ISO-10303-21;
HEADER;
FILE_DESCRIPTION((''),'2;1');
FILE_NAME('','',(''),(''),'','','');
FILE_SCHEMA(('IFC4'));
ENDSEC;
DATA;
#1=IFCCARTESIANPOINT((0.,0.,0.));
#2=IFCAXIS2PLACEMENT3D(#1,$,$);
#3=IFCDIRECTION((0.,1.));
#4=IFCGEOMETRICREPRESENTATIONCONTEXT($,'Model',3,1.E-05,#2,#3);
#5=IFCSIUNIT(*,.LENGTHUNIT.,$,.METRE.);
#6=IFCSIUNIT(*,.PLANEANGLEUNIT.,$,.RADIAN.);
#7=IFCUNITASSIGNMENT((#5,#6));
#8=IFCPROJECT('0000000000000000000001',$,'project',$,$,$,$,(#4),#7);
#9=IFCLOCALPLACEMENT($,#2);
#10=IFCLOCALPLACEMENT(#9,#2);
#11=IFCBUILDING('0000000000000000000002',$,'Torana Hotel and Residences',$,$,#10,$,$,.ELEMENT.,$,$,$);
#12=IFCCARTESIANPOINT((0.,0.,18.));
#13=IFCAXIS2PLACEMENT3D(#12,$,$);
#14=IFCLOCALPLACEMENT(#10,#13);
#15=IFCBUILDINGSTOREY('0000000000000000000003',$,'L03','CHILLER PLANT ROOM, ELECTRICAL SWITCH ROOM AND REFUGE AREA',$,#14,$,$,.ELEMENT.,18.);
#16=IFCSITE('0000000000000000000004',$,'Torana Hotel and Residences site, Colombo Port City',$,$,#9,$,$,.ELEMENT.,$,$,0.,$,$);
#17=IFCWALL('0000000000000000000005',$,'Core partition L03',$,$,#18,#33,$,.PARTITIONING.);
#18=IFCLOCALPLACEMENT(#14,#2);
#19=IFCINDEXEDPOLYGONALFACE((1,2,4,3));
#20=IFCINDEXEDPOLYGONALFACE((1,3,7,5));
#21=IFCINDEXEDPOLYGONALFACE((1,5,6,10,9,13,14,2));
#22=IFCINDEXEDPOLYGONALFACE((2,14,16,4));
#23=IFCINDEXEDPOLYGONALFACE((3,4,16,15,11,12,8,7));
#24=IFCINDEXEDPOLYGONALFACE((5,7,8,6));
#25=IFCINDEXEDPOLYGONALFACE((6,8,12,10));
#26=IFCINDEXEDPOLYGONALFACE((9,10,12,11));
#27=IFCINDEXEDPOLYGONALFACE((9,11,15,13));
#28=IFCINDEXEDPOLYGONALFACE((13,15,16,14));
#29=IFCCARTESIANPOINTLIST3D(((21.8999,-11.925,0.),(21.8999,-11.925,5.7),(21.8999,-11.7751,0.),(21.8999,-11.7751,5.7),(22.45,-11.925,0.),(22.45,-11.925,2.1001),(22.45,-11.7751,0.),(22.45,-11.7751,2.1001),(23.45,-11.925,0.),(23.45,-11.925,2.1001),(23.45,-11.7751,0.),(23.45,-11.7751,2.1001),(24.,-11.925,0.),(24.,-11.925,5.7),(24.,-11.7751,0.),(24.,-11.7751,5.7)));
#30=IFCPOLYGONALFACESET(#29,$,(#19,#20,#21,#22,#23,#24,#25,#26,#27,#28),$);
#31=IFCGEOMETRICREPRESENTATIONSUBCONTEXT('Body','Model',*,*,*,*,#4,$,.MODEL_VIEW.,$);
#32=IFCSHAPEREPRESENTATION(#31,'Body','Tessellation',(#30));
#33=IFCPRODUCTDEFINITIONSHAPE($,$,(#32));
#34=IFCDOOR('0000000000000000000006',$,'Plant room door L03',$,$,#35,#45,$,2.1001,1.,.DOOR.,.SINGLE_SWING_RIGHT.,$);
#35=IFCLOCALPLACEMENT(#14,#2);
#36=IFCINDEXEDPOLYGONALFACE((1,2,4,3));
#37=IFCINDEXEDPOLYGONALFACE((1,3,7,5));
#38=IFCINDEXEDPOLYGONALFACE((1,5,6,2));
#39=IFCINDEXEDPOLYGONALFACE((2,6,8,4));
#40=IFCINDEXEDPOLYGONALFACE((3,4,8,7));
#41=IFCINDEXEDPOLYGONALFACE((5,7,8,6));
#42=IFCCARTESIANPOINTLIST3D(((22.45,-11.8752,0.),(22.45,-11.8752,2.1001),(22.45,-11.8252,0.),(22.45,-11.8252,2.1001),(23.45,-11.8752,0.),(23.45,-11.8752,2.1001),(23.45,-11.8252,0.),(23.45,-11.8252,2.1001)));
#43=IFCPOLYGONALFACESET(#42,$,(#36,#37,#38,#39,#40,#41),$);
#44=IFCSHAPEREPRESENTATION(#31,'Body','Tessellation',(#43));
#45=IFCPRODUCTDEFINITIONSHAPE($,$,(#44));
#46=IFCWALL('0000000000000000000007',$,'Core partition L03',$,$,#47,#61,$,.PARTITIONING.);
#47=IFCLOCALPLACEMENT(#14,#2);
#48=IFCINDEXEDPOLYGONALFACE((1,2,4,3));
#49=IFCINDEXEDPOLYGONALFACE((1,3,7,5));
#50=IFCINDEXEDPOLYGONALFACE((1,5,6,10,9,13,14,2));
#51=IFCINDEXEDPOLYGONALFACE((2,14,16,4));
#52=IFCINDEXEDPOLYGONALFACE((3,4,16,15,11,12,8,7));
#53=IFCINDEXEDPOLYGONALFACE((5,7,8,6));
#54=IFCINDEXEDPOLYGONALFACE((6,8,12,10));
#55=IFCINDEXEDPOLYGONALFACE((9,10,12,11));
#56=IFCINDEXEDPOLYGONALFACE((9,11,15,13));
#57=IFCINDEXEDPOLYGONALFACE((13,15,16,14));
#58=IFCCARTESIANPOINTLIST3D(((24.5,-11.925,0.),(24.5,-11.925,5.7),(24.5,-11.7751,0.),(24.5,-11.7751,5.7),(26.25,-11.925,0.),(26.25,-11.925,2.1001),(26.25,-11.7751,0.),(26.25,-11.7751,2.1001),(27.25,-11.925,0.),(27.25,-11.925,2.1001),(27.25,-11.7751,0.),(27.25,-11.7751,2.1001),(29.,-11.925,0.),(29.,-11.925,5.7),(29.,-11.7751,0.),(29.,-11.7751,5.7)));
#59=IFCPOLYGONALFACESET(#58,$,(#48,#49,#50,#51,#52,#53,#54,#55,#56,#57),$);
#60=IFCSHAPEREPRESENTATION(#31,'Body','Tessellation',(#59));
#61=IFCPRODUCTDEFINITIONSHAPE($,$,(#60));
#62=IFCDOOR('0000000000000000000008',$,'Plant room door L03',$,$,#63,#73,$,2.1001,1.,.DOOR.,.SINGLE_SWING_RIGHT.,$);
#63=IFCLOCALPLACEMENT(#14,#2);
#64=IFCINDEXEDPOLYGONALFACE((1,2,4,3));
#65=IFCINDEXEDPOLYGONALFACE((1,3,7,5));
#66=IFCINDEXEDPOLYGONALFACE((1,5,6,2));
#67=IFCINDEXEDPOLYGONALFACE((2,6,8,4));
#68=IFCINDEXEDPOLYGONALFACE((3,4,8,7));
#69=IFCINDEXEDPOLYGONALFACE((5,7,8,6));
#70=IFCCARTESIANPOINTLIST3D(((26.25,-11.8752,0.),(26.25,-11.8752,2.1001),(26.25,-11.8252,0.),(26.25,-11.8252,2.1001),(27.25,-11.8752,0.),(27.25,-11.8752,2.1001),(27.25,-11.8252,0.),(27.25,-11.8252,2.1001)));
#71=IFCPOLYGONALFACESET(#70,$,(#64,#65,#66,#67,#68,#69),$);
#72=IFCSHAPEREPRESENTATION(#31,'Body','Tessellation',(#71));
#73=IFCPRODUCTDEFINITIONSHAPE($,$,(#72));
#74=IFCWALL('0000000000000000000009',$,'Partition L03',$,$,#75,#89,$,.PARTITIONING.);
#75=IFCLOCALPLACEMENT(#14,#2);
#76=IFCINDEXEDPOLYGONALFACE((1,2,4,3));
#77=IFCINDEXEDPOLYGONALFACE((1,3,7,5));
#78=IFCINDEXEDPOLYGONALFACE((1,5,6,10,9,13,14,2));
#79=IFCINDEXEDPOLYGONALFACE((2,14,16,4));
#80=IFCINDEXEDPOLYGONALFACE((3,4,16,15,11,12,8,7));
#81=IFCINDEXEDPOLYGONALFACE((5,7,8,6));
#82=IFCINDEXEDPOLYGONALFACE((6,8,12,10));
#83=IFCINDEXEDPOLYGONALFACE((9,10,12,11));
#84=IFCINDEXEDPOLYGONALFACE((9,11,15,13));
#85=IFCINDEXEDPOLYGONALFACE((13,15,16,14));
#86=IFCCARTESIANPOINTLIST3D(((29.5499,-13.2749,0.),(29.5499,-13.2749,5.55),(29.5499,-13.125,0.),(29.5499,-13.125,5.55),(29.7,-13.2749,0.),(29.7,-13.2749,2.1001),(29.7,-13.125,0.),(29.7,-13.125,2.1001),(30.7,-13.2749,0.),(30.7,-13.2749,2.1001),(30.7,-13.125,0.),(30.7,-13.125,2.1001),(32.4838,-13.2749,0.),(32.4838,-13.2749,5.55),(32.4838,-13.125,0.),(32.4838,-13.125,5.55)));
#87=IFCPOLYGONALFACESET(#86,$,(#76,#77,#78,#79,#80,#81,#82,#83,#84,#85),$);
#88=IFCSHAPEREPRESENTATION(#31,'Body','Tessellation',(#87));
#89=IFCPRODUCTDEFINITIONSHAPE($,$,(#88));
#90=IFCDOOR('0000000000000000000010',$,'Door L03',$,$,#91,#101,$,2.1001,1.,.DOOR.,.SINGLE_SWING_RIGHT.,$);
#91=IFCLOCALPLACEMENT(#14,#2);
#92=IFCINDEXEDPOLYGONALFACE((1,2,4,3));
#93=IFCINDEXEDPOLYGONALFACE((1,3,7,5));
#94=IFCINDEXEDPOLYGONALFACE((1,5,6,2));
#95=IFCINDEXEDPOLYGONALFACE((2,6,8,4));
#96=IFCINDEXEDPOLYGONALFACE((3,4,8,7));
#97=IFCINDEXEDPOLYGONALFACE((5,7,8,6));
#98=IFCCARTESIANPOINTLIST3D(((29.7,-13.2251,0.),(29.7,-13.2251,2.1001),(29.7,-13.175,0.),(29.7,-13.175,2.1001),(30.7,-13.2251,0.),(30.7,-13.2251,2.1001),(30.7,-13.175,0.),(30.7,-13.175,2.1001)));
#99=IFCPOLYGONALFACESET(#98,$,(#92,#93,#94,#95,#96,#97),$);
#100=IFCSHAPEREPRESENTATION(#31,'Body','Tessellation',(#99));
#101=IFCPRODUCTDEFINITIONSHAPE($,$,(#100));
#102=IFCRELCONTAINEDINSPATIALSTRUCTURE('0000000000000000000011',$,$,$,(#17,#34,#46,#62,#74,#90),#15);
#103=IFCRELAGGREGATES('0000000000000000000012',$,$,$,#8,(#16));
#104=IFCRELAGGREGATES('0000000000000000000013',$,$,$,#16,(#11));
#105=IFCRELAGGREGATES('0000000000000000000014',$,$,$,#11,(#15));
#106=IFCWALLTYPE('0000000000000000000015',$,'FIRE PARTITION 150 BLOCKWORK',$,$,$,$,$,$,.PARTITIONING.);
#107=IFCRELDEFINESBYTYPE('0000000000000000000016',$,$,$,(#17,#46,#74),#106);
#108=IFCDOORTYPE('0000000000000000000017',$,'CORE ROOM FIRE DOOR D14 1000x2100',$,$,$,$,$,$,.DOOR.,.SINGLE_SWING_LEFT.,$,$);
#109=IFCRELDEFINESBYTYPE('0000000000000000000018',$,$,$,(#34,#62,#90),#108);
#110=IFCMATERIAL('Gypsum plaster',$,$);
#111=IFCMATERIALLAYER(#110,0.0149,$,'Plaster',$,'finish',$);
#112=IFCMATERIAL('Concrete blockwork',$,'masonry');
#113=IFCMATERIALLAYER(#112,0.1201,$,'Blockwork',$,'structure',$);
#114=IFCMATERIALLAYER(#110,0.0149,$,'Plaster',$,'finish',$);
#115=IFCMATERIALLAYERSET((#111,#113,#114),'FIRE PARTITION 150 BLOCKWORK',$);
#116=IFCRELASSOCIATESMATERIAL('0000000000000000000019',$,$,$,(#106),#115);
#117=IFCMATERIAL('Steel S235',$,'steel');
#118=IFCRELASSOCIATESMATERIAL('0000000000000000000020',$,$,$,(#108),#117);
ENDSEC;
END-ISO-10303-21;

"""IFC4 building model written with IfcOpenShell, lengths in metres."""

from ifc_helpers import new_model, si_unit, direction, frame, frame_2d, origin, place, context, subcontext, project, spatial, rectangle, extrude, material, layer, layer_set, type_object, element, fill, save


model = new_model("IFC4")

# Units and contexts
model_context = context("Model", 3, precision=1e-05, world=origin(), true_north=direction((0.0, 1.0)))
body_context = subcontext(model_context, "Body", "Model", "MODEL_VIEW")
ifc_project = project(units=[si_unit("LENGTHUNIT", "METRE"), si_unit("PLANEANGLEUNIT", "RADIAN")], contexts=[model_context])

# Site, building, storey
site_placement = place(None, origin())
site = spatial("IfcSite", under=ifc_project, at=site_placement, Name="Torana Hotel and Residences site, Colombo Port City", CompositionType="ELEMENT", RefElevation=0.0)
building_placement = place(site_placement, origin())
building = spatial("IfcBuilding", under=site, at=building_placement, Name="Torana Hotel and Residences", CompositionType="ELEMENT")
storey_placement = place(building_placement, frame((0.0, 0.0, 18.0)))
storey = spatial("IfcBuildingStorey", under=building, at=storey_placement, Name="L03", Description="CHILLER PLANT ROOM, ELECTRICAL SWITCH ROOM AND REFUGE AREA", CompositionType="ELEMENT", Elevation=18.0)

# Walls, openings, doors
ifc_material_1 = material(Name="Gypsum plaster")
ifc_layer_1 = layer(ifc_material_1, 0.0149, Name="Plaster", Category="finish")
ifc_material_2 = material(Name="Concrete blockwork", Category="masonry")
ifc_layer_2 = layer(ifc_material_2, 0.1201, Name="Blockwork", Category="structure")
ifc_layer_3 = layer(ifc_material_1, 0.0149, Name="Plaster", Category="finish")
ifc_layer_set_1 = layer_set([ifc_layer_1, ifc_layer_2, ifc_layer_3], Name="FIRE PARTITION 150 BLOCKWORK")
wall_type_1 = type_object("IfcWallType", Name="FIRE PARTITION 150 BLOCKWORK", PredefinedType="PARTITIONING", material=ifc_layer_set_1)
wall_1_placement = place(storey_placement, frame((21.8999, -11.8501, 0.0), z_axis=(0.0, 0.0, 1.0), x_axis=(1.0, 0.0, 0.0)))
wall_1 = element("IfcWall", 1, at=wall_1_placement, inside=storey, type_object=wall_type_1, Name="Core partition L03", PredefinedType="PARTITIONING", context=body_context, shape_type="SweptSolid", body=[
    extrude(rectangle(XDim=2.1001, YDim=0.1499, at=frame_2d((1.05, 0.0))), origin(), (0.0, 0.0, 1.0), 5.7),
])
opening_1_placement = place(wall_1_placement, frame((0.55, 0.0, 0.0)))
opening_1 = element("IfcOpeningElement", 2, at=opening_1_placement, cuts=wall_1, PredefinedType="OPENING", context=body_context, shape_type="SweptSolid", body=[
    extrude(rectangle(XDim=1.0, YDim=2.1001, at=frame_2d((0.5, 1.05))), frame((0.0, 0.085, 0.0), z_axis=(0.0, -1.0, 0.0), x_axis=(1.0, 0.0, 0.0)), (0.0, 0.0, 1.0), 0.1699),
])
ifc_material_3 = material(Name="Steel S235", Category="steel")
door_type = type_object("IfcDoorType", Name="CORE ROOM FIRE DOOR D14 1000x2100", OperationType="SINGLE_SWING_LEFT", PredefinedType="DOOR", material=ifc_material_3)
door_1_placement = place(opening_1_placement, origin())
door_1 = element("IfcDoor", 3, at=door_1_placement, inside=storey, type_object=door_type, Name="Plant room door L03", OperationType="SINGLE_SWING_RIGHT", OverallHeight=2.1001, OverallWidth=1.0, PredefinedType="DOOR", context=body_context, shape_type="SweptSolid", body=[
    extrude(rectangle(XDim=1.0, YDim=2.1001, at=frame_2d((0.5, 1.05))), frame((0.0, 0.0249, 0.0), z_axis=(0.0, -1.0, 0.0), x_axis=(1.0, 0.0, 0.0)), (0.0, 0.0, 1.0), 0.05),
])
fill(opening_1, door_1)
wall_2_placement = place(storey_placement, frame((24.5, -11.8501, 0.0), z_axis=(0.0, 0.0, 1.0), x_axis=(1.0, 0.0, 0.0)))
wall_2 = element("IfcWall", 4, at=wall_2_placement, inside=storey, type_object=wall_type_1, Name="Core partition L03", PredefinedType="PARTITIONING", context=body_context, shape_type="SweptSolid", body=[
    extrude(rectangle(XDim=4.5, YDim=0.1499, at=frame_2d((2.25, 0.0))), origin(), (0.0, 0.0, 1.0), 5.7),
])
opening_2_placement = place(wall_2_placement, frame((1.75, 0.0, 0.0)))
opening_2 = element("IfcOpeningElement", 5, at=opening_2_placement, cuts=wall_2, PredefinedType="OPENING", context=body_context, shape_type="SweptSolid", body=[
    extrude(rectangle(XDim=1.0, YDim=2.1001, at=frame_2d((0.5, 1.05))), frame((0.0, 0.085, 0.0), z_axis=(0.0, -1.0, 0.0), x_axis=(1.0, 0.0, 0.0)), (0.0, 0.0, 1.0), 0.1699),
])
door_2_placement = place(opening_2_placement, origin())
door_2 = element("IfcDoor", 6, at=door_2_placement, inside=storey, type_object=door_type, Name="Plant room door L03", OperationType="SINGLE_SWING_RIGHT", OverallHeight=2.1001, OverallWidth=1.0, PredefinedType="DOOR", context=body_context, shape_type="SweptSolid", body=[
    extrude(rectangle(XDim=1.0, YDim=2.1001, at=frame_2d((0.5, 1.05))), frame((0.0, 0.0249, 0.0), z_axis=(0.0, -1.0, 0.0), x_axis=(1.0, 0.0, 0.0)), (0.0, 0.0, 1.0), 0.05),
])
fill(opening_2, door_2)
wall_3_placement = place(storey_placement, frame((29.55, -13.2, 0.0), z_axis=(0.0, 0.0, 1.0), x_axis=(1.0, 0.0, 0.0)))
wall_3 = element("IfcWall", 7, at=wall_3_placement, inside=storey, type_object=wall_type_1, Name="Partition L03", PredefinedType="PARTITIONING", context=body_context, shape_type="SweptSolid", body=[
    extrude(rectangle(XDim=2.9338, YDim=0.1499, at=frame_2d((1.4668, 0.0))), origin(), (0.0, 0.0, 1.0), 5.55),
])
opening_3_placement = place(wall_3_placement, frame((0.1499, 0.0, 0.0)))
opening_3 = element("IfcOpeningElement", 8, at=opening_3_placement, cuts=wall_3, PredefinedType="OPENING", context=body_context, shape_type="SweptSolid", body=[
    extrude(rectangle(XDim=1.0, YDim=2.1001, at=frame_2d((0.5, 1.05))), frame((0.0, 0.085, 0.0), z_axis=(0.0, -1.0, 0.0), x_axis=(1.0, 0.0, 0.0)), (0.0, 0.0, 1.0), 0.1699),
])
door_3_placement = place(opening_3_placement, origin())
door_3 = element("IfcDoor", 9, at=door_3_placement, inside=storey, type_object=door_type, Name="Door L03", OperationType="SINGLE_SWING_RIGHT", OverallHeight=2.1001, OverallWidth=1.0, PredefinedType="DOOR", context=body_context, shape_type="SweptSolid", body=[
    extrude(rectangle(XDim=1.0, YDim=2.1001, at=frame_2d((0.5, 1.05))), frame((0.0, 0.0249, 0.0), z_axis=(0.0, -1.0, 0.0), x_axis=(1.0, 0.0, 0.0)), (0.0, 0.0, 1.0), 0.05),
])
fill(opening_3, door_3)

save(model, "model.ifc")
